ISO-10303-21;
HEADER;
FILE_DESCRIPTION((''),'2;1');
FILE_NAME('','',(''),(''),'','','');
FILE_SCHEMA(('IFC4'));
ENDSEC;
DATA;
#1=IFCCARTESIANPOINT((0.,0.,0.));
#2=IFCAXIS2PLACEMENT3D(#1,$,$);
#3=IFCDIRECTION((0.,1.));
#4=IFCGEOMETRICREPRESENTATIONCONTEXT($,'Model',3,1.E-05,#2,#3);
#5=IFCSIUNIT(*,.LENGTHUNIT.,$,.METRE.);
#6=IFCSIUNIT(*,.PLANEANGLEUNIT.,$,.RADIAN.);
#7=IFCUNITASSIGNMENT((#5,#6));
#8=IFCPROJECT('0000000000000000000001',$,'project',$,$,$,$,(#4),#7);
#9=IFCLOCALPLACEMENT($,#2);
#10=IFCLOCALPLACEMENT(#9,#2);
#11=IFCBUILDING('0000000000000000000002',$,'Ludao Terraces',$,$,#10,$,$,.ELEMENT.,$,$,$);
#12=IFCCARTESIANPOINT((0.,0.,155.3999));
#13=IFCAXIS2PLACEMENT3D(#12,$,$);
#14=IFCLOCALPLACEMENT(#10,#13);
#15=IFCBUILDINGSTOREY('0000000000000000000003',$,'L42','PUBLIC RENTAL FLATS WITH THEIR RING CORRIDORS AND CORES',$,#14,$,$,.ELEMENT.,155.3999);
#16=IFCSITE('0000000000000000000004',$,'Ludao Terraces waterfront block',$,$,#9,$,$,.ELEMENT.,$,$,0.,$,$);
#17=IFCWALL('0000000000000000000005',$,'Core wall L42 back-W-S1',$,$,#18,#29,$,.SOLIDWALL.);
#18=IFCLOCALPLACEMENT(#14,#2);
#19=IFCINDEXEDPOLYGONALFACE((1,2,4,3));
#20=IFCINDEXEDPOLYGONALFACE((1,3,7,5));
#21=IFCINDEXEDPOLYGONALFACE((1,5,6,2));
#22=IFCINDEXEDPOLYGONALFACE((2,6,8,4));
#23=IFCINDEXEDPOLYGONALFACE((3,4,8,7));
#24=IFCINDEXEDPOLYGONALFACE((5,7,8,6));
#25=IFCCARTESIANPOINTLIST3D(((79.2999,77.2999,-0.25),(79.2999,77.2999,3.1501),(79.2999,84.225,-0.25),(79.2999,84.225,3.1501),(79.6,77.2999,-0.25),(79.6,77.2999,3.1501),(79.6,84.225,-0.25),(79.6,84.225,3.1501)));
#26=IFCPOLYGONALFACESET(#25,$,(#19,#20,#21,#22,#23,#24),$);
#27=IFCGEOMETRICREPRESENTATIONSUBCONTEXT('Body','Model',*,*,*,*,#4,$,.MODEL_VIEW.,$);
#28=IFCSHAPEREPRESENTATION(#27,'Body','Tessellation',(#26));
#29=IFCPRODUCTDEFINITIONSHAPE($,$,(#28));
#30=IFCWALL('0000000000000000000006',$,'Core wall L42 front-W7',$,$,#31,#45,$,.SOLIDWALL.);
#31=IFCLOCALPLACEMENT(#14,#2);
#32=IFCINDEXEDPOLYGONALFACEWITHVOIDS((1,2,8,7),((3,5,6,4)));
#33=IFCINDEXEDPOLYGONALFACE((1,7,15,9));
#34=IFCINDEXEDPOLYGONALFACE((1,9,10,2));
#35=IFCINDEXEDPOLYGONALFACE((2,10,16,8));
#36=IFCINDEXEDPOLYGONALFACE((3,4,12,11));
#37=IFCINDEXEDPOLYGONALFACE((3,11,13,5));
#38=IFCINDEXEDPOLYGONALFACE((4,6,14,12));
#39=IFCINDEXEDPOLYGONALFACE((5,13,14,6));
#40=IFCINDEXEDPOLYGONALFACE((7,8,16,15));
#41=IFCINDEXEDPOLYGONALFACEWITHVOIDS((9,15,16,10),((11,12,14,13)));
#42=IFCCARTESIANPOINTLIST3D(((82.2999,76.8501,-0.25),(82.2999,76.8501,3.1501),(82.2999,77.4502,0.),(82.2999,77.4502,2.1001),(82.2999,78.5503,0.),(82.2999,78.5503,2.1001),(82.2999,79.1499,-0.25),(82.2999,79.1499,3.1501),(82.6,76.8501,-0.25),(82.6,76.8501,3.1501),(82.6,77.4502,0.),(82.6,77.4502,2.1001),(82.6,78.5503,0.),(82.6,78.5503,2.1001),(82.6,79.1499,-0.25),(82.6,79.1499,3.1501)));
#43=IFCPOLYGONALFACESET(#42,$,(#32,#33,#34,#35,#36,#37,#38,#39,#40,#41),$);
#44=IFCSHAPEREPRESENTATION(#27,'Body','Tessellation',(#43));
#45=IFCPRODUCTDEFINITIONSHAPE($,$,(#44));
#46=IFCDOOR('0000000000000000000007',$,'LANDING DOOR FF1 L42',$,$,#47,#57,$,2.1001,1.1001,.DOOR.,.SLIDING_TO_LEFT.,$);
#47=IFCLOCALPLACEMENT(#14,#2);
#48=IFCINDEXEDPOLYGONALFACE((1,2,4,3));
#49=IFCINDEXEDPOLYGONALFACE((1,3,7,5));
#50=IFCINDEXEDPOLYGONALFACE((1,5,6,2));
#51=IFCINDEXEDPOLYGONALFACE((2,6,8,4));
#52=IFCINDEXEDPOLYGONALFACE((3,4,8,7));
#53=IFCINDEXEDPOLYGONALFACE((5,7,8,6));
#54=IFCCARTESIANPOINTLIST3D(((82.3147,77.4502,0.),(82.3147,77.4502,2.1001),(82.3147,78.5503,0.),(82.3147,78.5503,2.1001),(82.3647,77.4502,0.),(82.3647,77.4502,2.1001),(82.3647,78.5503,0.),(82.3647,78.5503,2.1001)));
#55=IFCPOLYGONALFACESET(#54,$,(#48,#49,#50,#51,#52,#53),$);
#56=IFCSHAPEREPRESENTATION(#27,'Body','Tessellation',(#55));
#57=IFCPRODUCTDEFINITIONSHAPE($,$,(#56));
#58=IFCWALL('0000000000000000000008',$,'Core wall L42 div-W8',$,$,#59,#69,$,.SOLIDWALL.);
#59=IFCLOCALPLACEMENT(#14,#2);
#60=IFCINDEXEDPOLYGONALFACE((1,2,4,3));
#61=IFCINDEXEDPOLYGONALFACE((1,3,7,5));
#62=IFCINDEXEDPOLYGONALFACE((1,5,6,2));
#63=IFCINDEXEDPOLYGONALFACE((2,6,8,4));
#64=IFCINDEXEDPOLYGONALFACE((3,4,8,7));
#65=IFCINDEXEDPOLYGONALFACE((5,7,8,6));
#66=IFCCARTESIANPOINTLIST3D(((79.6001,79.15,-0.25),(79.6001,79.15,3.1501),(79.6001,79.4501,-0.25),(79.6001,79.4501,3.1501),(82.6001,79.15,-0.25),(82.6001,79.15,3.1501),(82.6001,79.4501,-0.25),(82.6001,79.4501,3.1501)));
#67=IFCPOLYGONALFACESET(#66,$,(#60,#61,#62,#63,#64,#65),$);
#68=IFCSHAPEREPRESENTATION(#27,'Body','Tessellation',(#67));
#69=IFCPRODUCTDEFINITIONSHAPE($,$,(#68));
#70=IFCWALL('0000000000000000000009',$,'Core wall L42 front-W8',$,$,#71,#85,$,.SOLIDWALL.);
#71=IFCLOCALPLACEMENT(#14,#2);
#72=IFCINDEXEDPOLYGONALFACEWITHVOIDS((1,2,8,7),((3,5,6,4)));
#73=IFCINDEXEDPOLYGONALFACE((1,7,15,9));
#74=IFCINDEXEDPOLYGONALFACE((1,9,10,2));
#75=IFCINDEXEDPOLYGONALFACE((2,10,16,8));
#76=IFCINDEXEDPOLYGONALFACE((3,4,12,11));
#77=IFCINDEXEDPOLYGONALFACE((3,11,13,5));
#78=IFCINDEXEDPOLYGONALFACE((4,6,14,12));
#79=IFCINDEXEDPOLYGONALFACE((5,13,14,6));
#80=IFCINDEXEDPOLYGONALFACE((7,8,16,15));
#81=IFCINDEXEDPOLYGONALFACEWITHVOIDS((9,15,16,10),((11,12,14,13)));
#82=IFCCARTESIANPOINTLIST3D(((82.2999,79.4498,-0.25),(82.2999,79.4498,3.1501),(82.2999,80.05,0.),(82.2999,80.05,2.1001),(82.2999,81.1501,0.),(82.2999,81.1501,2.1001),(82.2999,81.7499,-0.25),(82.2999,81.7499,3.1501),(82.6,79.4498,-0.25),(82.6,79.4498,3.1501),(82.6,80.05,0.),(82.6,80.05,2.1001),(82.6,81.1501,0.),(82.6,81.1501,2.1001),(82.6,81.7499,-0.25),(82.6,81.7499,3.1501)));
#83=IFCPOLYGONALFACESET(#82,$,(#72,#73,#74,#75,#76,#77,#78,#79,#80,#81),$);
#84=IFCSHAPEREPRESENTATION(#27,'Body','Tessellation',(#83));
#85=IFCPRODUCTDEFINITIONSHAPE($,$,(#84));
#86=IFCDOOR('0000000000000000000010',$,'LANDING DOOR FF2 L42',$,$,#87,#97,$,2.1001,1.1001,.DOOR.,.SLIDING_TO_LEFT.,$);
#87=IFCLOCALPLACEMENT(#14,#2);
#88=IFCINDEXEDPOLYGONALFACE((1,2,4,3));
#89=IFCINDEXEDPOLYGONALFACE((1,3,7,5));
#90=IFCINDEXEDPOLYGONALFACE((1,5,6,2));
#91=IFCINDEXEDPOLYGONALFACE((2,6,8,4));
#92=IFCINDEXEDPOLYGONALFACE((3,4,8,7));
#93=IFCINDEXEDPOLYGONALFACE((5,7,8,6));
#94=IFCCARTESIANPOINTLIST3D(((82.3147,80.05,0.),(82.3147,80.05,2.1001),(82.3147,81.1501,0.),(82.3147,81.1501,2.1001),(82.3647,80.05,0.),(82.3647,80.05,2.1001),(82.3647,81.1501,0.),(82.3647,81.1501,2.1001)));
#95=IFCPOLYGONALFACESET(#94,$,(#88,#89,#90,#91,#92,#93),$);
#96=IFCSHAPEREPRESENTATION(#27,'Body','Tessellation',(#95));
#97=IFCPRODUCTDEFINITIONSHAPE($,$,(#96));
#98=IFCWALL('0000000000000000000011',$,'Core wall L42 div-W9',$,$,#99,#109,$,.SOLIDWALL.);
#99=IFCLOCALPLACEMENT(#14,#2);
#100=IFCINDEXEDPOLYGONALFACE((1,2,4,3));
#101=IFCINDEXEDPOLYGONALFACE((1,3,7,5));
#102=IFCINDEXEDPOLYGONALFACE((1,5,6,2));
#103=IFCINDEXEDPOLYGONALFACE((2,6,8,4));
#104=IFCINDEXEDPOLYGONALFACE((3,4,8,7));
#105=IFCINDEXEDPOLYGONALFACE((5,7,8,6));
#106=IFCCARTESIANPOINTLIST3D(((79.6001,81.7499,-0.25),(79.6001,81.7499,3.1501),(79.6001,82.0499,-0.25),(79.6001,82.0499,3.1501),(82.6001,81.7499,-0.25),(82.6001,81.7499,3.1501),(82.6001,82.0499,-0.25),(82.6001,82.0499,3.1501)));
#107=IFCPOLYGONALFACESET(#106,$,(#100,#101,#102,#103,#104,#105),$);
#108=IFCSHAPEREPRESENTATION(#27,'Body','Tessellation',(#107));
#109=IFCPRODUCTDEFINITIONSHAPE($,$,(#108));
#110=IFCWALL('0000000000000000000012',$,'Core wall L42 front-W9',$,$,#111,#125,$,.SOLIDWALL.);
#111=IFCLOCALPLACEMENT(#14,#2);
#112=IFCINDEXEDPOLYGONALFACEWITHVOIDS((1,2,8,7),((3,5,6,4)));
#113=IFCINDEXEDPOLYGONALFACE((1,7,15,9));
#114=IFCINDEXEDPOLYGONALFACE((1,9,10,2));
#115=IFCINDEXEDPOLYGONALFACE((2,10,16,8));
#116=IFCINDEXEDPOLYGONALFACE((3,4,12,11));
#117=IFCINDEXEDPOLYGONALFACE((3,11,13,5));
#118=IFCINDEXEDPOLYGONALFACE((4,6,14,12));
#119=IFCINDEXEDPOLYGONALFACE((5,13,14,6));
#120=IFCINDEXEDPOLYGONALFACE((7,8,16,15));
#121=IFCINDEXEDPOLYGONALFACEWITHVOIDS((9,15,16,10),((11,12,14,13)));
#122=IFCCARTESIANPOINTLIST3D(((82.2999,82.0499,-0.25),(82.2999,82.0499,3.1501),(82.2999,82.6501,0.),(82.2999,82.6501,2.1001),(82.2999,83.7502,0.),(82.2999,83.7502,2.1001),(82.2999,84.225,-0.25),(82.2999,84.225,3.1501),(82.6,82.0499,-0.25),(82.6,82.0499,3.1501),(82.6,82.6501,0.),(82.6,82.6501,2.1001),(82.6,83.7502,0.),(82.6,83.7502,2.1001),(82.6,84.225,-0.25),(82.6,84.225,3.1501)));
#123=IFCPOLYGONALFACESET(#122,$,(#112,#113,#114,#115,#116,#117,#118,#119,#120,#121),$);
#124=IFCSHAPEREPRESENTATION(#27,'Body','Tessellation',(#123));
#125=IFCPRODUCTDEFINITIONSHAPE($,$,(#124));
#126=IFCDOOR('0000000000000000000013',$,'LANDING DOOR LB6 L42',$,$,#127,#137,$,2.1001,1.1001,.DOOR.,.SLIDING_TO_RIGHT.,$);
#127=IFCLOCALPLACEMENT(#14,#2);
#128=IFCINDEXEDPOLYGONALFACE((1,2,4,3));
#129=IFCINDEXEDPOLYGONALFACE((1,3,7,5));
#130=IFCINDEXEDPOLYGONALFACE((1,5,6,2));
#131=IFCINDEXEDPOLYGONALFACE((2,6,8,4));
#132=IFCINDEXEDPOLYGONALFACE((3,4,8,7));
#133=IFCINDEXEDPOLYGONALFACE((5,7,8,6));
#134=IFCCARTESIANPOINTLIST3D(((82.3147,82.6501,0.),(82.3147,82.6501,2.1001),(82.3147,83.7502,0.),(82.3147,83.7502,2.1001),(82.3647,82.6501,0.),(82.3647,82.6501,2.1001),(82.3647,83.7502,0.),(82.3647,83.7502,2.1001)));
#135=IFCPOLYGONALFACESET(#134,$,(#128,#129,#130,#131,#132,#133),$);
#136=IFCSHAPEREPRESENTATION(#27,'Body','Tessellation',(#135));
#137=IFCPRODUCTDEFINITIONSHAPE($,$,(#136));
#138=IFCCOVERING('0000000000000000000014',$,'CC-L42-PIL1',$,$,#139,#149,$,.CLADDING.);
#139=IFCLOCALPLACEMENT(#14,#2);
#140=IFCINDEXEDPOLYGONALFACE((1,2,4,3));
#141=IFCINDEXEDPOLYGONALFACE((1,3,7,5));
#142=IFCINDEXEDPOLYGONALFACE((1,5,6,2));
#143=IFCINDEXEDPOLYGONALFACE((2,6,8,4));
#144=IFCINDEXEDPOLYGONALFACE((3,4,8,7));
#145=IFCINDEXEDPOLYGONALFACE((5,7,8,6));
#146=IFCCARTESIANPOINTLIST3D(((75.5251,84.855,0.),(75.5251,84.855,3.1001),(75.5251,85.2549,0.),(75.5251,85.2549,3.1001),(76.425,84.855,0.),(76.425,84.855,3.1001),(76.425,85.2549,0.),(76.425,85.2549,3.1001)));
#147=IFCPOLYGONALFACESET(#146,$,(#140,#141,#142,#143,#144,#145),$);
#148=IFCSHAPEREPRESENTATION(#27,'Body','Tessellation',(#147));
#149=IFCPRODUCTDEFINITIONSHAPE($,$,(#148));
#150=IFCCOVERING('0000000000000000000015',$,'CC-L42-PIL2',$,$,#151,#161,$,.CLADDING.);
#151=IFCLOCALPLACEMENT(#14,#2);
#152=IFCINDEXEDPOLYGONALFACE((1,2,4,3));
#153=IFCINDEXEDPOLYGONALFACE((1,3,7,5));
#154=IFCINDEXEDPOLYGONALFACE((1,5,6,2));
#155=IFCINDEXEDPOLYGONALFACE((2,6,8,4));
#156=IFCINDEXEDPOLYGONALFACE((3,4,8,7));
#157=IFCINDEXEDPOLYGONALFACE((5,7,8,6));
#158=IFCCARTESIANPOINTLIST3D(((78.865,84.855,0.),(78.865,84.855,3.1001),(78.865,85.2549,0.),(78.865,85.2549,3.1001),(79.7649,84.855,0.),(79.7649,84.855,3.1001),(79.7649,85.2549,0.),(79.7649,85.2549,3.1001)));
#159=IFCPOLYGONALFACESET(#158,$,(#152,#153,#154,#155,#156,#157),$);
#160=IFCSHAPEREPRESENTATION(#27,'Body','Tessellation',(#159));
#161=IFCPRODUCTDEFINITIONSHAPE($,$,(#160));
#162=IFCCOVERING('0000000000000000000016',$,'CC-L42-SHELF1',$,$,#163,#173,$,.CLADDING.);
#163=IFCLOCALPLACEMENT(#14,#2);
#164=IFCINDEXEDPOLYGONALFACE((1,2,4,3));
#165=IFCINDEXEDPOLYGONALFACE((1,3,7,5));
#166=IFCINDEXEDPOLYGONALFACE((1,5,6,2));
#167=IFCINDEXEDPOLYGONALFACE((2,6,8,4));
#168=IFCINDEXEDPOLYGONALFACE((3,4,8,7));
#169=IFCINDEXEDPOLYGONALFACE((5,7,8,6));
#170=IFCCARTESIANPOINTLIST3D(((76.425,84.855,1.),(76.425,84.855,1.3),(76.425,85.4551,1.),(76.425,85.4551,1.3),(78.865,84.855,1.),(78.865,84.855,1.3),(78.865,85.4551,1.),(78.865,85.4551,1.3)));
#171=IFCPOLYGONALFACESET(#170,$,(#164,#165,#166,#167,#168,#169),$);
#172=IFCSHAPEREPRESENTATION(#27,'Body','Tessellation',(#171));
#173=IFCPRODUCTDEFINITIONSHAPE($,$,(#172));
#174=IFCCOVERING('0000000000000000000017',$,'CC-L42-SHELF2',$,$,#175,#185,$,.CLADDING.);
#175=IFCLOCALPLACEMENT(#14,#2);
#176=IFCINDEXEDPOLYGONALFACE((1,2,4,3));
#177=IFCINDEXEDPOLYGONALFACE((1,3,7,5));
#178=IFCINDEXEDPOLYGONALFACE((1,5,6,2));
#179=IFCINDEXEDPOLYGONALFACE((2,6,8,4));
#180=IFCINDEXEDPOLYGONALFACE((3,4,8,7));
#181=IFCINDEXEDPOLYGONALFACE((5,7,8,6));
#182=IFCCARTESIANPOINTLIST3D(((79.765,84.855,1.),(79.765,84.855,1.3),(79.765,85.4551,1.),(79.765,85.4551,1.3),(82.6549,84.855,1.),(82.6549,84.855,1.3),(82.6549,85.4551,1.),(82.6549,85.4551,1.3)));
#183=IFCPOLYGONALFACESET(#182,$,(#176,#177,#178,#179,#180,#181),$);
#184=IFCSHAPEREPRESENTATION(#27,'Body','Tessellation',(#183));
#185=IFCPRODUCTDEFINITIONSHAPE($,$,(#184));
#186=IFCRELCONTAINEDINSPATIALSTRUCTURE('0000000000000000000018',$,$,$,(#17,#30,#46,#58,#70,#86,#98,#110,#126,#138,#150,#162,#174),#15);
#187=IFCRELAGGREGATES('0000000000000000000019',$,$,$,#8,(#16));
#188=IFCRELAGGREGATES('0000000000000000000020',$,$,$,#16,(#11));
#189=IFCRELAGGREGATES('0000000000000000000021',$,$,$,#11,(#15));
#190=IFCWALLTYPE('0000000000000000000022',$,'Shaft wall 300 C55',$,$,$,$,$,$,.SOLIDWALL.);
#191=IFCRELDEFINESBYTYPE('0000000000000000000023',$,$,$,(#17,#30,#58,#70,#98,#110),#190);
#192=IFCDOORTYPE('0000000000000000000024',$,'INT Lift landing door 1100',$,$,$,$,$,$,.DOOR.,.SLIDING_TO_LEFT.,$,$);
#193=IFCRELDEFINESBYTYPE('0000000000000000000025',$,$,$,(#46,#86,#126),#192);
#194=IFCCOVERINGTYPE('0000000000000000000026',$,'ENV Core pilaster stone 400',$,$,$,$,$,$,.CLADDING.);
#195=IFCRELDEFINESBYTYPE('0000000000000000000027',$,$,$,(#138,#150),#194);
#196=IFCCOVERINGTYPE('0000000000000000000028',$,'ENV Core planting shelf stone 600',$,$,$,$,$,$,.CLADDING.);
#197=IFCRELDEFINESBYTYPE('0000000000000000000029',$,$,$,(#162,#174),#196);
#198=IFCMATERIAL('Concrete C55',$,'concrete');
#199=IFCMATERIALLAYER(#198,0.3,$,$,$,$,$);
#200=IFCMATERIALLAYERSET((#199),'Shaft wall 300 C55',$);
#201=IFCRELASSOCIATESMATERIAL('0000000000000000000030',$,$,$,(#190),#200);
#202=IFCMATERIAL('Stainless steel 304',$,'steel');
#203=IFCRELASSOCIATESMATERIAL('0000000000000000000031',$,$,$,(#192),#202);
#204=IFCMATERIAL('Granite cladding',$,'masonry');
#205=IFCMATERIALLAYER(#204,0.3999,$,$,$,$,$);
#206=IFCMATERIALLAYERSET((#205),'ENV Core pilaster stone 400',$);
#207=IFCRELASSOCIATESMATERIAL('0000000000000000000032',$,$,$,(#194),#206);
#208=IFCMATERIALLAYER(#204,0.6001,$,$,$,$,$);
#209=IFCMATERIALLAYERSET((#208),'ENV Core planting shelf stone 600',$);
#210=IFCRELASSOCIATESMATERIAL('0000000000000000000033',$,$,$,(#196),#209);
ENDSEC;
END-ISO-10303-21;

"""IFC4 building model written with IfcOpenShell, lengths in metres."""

from ifc_helpers import new_model, si_unit, direction, frame, frame_2d, origin, origin_2d, place, context, subcontext, project, spatial, rectangle, extrude, material, layer, layer_set, type_object, element, fill, save


model = new_model("IFC4")

# Units and contexts
model_context = context("Model", 3, precision=1e-05, world=origin(), true_north=direction((0.0, 1.0)))
body_context = subcontext(model_context, "Body", "Model", "MODEL_VIEW")
ifc_project = project(units=[si_unit("LENGTHUNIT", "METRE"), si_unit("PLANEANGLEUNIT", "RADIAN")], contexts=[model_context])

# Site, building, storey
site_placement = place(None, origin())
site = spatial("IfcSite", under=ifc_project, at=site_placement, Name="Ludao Terraces waterfront block", CompositionType="ELEMENT", RefElevation=0.0)
building_placement = place(site_placement, origin())
building = spatial("IfcBuilding", under=site, at=building_placement, Name="Ludao Terraces", CompositionType="ELEMENT")
storey_placement = place(building_placement, frame((0.0, 0.0, 155.3999)))
storey = spatial("IfcBuildingStorey", under=building, at=storey_placement, Name="L42", Description="PUBLIC RENTAL FLATS WITH THEIR RING CORRIDORS AND CORES", CompositionType="ELEMENT", Elevation=155.3999)

# Wall
ifc_material_1 = material(Name="Concrete C55", Category="concrete")
ifc_layer_1 = layer(ifc_material_1, 0.3)
ifc_layer_set_1 = layer_set([ifc_layer_1], Name="Shaft wall 300 C55")
wall_type = type_object("IfcWallType", Name="Shaft wall 300 C55", PredefinedType="SOLIDWALL", material=ifc_layer_set_1)
wall_1_placement = place(storey_placement, frame((79.45, 77.3, -0.25), z_axis=(0.0, 0.0, 1.0), x_axis=(0.0, 1.0, 0.0)))
element("IfcWall", 1, at=wall_1_placement, inside=storey, type_object=wall_type, Name="Core wall L42 back-W-S1", PredefinedType="SOLIDWALL", context=body_context, shape_type="SweptSolid", body=[
    extrude(rectangle(XDim=6.925, YDim=0.3, at=frame_2d((3.4624, 0.0))), origin(), (0.0, 0.0, 1.0), 3.4001),
])

# Wall, opening, door
wall_2_placement = place(storey_placement, frame((82.45, 76.8501, -0.25), z_axis=(0.0, 0.0, 1.0), x_axis=(0.0, 1.0, 0.0)))
wall_2 = element("IfcWall", 2, at=wall_2_placement, inside=storey, type_object=wall_type, Name="Core wall L42 front-W7", PredefinedType="SOLIDWALL", context=body_context, shape_type="SweptSolid", body=[
    extrude(rectangle(XDim=2.2998, YDim=0.3, at=frame_2d((1.1499, 0.0))), origin(), (0.0, 0.0, 1.0), 3.4001),
])
opening_1_placement = place(wall_2_placement, frame((0.6001, 0.0, 0.25)))
opening_1 = element("IfcOpeningElement", 3, at=opening_1_placement, cuts=wall_2, PredefinedType="OPENING", context=body_context, shape_type="SweptSolid", body=[
    extrude(rectangle(XDim=1.1001, YDim=2.1001, at=frame_2d((0.55, 1.05))), frame((0.0, 0.1602, 0.0), z_axis=(0.0, -1.0, 0.0), x_axis=(1.0, 0.0, 0.0)), (0.0, 0.0, 1.0), 0.3201),
])
ifc_material_2 = material(Name="Stainless steel 304", Category="steel")
door_type = type_object("IfcDoorType", Name="INT Lift landing door 1100", OperationType="SLIDING_TO_LEFT", PredefinedType="DOOR", material=ifc_material_2)
door_1_placement = place(opening_1_placement, origin())
door_1 = element("IfcDoor", 4, at=door_1_placement, inside=storey, type_object=door_type, Name="LANDING DOOR FF1 L42", OperationType="SLIDING_TO_LEFT", OverallHeight=2.1001, OverallWidth=1.1001, PredefinedType="DOOR", context=body_context, shape_type="SweptSolid", body=[
    extrude(rectangle(XDim=1.1001, YDim=2.1001, at=frame_2d((0.55, 1.05))), frame((0.0, 0.1353, 0.0), z_axis=(0.0, -1.0, 0.0), x_axis=(1.0, 0.0, 0.0)), (0.0, 0.0, 1.0), 0.05),
])
fill(opening_1, door_1)

# Wall
wall_3_placement = place(storey_placement, frame((79.6001, 79.3, -0.25), z_axis=(0.0, 0.0, 1.0), x_axis=(1.0, 0.0, 0.0)))
element("IfcWall", 5, at=wall_3_placement, inside=storey, type_object=wall_type, Name="Core wall L42 div-W8", PredefinedType="SOLIDWALL", context=body_context, shape_type="SweptSolid", body=[
    extrude(rectangle(XDim=3.0, YDim=0.3, at=frame_2d((1.5, 0.0))), origin(), (0.0, 0.0, 1.0), 3.4001),
])

# Wall, opening, door
wall_4_placement = place(storey_placement, frame((82.45, 79.45, -0.25), z_axis=(0.0, 0.0, 1.0), x_axis=(0.0, 1.0, 0.0)))
wall_4 = element("IfcWall", 6, at=wall_4_placement, inside=storey, type_object=wall_type, Name="Core wall L42 front-W8", PredefinedType="SOLIDWALL", context=body_context, shape_type="SweptSolid", body=[
    extrude(rectangle(XDim=2.3, YDim=0.3, at=frame_2d((1.1499, 0.0))), origin(), (0.0, 0.0, 1.0), 3.4001),
])
opening_2_placement = place(wall_4_placement, frame((0.6001, 0.0, 0.25)))
opening_2 = element("IfcOpeningElement", 7, at=opening_2_placement, cuts=wall_4, PredefinedType="OPENING", context=body_context, shape_type="SweptSolid", body=[
    extrude(rectangle(XDim=1.1001, YDim=2.1001, at=frame_2d((0.55, 1.05))), frame((0.0, 0.1602, 0.0), z_axis=(0.0, -1.0, 0.0), x_axis=(1.0, 0.0, 0.0)), (0.0, 0.0, 1.0), 0.3201),
])
door_2_placement = place(opening_2_placement, origin())
door_2 = element("IfcDoor", 8, at=door_2_placement, inside=storey, type_object=door_type, Name="LANDING DOOR FF2 L42", OperationType="SLIDING_TO_LEFT", OverallHeight=2.1001, OverallWidth=1.1001, PredefinedType="DOOR", context=body_context, shape_type="SweptSolid", body=[
    extrude(rectangle(XDim=1.1001, YDim=2.1001, at=frame_2d((0.55, 1.05))), frame((0.0, 0.1353, 0.0), z_axis=(0.0, -1.0, 0.0), x_axis=(1.0, 0.0, 0.0)), (0.0, 0.0, 1.0), 0.05),
])
fill(opening_2, door_2)

# Wall
wall_5_placement = place(storey_placement, frame((79.6001, 81.8999, -0.25), z_axis=(0.0, 0.0, 1.0), x_axis=(1.0, 0.0, 0.0)))
element("IfcWall", 9, at=wall_5_placement, inside=storey, type_object=wall_type, Name="Core wall L42 div-W9", PredefinedType="SOLIDWALL", context=body_context, shape_type="SweptSolid", body=[
    extrude(rectangle(XDim=3.0, YDim=0.3, at=frame_2d((1.5, 0.0))), origin(), (0.0, 0.0, 1.0), 3.4001),
])

# Wall, opening, door
wall_6_placement = place(storey_placement, frame((82.45, 82.05, -0.25), z_axis=(0.0, 0.0, 1.0), x_axis=(0.0, 1.0, 0.0)))
wall_6 = element("IfcWall", 10, at=wall_6_placement, inside=storey, type_object=wall_type, Name="Core wall L42 front-W9", PredefinedType="SOLIDWALL", context=body_context, shape_type="SweptSolid", body=[
    extrude(rectangle(XDim=2.175, YDim=0.3, at=frame_2d((1.0874, 0.0))), origin(), (0.0, 0.0, 1.0), 3.4001),
])
opening_3_placement = place(wall_6_placement, frame((0.6001, 0.0, 0.25)))
opening_3 = element("IfcOpeningElement", 11, at=opening_3_placement, cuts=wall_6, PredefinedType="OPENING", context=body_context, shape_type="SweptSolid", body=[
    extrude(rectangle(XDim=1.1001, YDim=2.1001, at=frame_2d((0.55, 1.05))), frame((0.0, 0.1602, 0.0), z_axis=(0.0, -1.0, 0.0), x_axis=(1.0, 0.0, 0.0)), (0.0, 0.0, 1.0), 0.3201),
])
door_3_placement = place(opening_3_placement, origin())
door_3 = element("IfcDoor", 12, at=door_3_placement, inside=storey, type_object=door_type, Name="LANDING DOOR LB6 L42", OperationType="SLIDING_TO_RIGHT", OverallHeight=2.1001, OverallWidth=1.1001, PredefinedType="DOOR", context=body_context, shape_type="SweptSolid", body=[
    extrude(rectangle(XDim=1.1001, YDim=2.1001, at=frame_2d((0.55, 1.05))), frame((0.0, 0.1353, 0.0), z_axis=(0.0, -1.0, 0.0), x_axis=(1.0, 0.0, 0.0)), (0.0, 0.0, 1.0), 0.05),
])
fill(opening_3, door_3)

# Coverings
ifc_material_3 = material(Name="Granite cladding", Category="masonry")
ifc_layer_2 = layer(ifc_material_3, 0.3999)
ifc_layer_set_2 = layer_set([ifc_layer_2], Name="ENV Core pilaster stone 400")
covering_type_1 = type_object("IfcCoveringType", Name="ENV Core pilaster stone 400", PredefinedType="CLADDING", material=ifc_layer_set_2)
for number, where, z_axis, x_axis, name in (
    (13, (75.9751, 85.0549, 0.0), (0.0, 0.0, 1.0), (1.0, 0.0, 0.0), "CC-L42-PIL1"),
    (14, (79.3149, 85.0549, 0.0), (0.0, 0.0, 1.0), (1.0, 0.0, 0.0), "CC-L42-PIL2"),
):
    element("IfcCovering", number, at=place(storey_placement, frame(where, z_axis=z_axis, x_axis=x_axis)), inside=storey, type_object=covering_type_1, Name=name, PredefinedType="CLADDING", context=body_context, shape_type="SweptSolid", body=[
        extrude(rectangle(XDim=0.8999, YDim=0.3999, at=origin_2d()), origin(), (0.0, 0.0, 1.0), 3.1001),
    ])
ifc_layer_3 = layer(ifc_material_3, 0.6001)
ifc_layer_set_3 = layer_set([ifc_layer_3], Name="ENV Core planting shelf stone 600")
covering_type_2 = type_object("IfcCoveringType", Name="ENV Core planting shelf stone 600", PredefinedType="CLADDING", material=ifc_layer_set_3)
covering_1_placement = place(storey_placement, frame((77.645, 85.155, 1.0), z_axis=(0.0, 0.0, 1.0), x_axis=(1.0, 0.0, 0.0)))
element("IfcCovering", 15, at=covering_1_placement, inside=storey, type_object=covering_type_2, Name="CC-L42-SHELF1", PredefinedType="CLADDING", context=body_context, shape_type="SweptSolid", body=[
    extrude(rectangle(XDim=2.4399, YDim=0.6001, at=origin_2d()), origin(), (0.0, 0.0, 1.0), 0.3),
])
covering_2_placement = place(storey_placement, frame((81.21, 85.155, 1.0), z_axis=(0.0, 0.0, 1.0), x_axis=(1.0, 0.0, 0.0)))
element("IfcCovering", 16, at=covering_2_placement, inside=storey, type_object=covering_type_2, Name="CC-L42-SHELF2", PredefinedType="CLADDING", context=body_context, shape_type="SweptSolid", body=[
    extrude(rectangle(XDim=2.8899, YDim=0.6001, at=origin_2d()), origin(), (0.0, 0.0, 1.0), 0.3),
])

save(model, "model.ifc")
